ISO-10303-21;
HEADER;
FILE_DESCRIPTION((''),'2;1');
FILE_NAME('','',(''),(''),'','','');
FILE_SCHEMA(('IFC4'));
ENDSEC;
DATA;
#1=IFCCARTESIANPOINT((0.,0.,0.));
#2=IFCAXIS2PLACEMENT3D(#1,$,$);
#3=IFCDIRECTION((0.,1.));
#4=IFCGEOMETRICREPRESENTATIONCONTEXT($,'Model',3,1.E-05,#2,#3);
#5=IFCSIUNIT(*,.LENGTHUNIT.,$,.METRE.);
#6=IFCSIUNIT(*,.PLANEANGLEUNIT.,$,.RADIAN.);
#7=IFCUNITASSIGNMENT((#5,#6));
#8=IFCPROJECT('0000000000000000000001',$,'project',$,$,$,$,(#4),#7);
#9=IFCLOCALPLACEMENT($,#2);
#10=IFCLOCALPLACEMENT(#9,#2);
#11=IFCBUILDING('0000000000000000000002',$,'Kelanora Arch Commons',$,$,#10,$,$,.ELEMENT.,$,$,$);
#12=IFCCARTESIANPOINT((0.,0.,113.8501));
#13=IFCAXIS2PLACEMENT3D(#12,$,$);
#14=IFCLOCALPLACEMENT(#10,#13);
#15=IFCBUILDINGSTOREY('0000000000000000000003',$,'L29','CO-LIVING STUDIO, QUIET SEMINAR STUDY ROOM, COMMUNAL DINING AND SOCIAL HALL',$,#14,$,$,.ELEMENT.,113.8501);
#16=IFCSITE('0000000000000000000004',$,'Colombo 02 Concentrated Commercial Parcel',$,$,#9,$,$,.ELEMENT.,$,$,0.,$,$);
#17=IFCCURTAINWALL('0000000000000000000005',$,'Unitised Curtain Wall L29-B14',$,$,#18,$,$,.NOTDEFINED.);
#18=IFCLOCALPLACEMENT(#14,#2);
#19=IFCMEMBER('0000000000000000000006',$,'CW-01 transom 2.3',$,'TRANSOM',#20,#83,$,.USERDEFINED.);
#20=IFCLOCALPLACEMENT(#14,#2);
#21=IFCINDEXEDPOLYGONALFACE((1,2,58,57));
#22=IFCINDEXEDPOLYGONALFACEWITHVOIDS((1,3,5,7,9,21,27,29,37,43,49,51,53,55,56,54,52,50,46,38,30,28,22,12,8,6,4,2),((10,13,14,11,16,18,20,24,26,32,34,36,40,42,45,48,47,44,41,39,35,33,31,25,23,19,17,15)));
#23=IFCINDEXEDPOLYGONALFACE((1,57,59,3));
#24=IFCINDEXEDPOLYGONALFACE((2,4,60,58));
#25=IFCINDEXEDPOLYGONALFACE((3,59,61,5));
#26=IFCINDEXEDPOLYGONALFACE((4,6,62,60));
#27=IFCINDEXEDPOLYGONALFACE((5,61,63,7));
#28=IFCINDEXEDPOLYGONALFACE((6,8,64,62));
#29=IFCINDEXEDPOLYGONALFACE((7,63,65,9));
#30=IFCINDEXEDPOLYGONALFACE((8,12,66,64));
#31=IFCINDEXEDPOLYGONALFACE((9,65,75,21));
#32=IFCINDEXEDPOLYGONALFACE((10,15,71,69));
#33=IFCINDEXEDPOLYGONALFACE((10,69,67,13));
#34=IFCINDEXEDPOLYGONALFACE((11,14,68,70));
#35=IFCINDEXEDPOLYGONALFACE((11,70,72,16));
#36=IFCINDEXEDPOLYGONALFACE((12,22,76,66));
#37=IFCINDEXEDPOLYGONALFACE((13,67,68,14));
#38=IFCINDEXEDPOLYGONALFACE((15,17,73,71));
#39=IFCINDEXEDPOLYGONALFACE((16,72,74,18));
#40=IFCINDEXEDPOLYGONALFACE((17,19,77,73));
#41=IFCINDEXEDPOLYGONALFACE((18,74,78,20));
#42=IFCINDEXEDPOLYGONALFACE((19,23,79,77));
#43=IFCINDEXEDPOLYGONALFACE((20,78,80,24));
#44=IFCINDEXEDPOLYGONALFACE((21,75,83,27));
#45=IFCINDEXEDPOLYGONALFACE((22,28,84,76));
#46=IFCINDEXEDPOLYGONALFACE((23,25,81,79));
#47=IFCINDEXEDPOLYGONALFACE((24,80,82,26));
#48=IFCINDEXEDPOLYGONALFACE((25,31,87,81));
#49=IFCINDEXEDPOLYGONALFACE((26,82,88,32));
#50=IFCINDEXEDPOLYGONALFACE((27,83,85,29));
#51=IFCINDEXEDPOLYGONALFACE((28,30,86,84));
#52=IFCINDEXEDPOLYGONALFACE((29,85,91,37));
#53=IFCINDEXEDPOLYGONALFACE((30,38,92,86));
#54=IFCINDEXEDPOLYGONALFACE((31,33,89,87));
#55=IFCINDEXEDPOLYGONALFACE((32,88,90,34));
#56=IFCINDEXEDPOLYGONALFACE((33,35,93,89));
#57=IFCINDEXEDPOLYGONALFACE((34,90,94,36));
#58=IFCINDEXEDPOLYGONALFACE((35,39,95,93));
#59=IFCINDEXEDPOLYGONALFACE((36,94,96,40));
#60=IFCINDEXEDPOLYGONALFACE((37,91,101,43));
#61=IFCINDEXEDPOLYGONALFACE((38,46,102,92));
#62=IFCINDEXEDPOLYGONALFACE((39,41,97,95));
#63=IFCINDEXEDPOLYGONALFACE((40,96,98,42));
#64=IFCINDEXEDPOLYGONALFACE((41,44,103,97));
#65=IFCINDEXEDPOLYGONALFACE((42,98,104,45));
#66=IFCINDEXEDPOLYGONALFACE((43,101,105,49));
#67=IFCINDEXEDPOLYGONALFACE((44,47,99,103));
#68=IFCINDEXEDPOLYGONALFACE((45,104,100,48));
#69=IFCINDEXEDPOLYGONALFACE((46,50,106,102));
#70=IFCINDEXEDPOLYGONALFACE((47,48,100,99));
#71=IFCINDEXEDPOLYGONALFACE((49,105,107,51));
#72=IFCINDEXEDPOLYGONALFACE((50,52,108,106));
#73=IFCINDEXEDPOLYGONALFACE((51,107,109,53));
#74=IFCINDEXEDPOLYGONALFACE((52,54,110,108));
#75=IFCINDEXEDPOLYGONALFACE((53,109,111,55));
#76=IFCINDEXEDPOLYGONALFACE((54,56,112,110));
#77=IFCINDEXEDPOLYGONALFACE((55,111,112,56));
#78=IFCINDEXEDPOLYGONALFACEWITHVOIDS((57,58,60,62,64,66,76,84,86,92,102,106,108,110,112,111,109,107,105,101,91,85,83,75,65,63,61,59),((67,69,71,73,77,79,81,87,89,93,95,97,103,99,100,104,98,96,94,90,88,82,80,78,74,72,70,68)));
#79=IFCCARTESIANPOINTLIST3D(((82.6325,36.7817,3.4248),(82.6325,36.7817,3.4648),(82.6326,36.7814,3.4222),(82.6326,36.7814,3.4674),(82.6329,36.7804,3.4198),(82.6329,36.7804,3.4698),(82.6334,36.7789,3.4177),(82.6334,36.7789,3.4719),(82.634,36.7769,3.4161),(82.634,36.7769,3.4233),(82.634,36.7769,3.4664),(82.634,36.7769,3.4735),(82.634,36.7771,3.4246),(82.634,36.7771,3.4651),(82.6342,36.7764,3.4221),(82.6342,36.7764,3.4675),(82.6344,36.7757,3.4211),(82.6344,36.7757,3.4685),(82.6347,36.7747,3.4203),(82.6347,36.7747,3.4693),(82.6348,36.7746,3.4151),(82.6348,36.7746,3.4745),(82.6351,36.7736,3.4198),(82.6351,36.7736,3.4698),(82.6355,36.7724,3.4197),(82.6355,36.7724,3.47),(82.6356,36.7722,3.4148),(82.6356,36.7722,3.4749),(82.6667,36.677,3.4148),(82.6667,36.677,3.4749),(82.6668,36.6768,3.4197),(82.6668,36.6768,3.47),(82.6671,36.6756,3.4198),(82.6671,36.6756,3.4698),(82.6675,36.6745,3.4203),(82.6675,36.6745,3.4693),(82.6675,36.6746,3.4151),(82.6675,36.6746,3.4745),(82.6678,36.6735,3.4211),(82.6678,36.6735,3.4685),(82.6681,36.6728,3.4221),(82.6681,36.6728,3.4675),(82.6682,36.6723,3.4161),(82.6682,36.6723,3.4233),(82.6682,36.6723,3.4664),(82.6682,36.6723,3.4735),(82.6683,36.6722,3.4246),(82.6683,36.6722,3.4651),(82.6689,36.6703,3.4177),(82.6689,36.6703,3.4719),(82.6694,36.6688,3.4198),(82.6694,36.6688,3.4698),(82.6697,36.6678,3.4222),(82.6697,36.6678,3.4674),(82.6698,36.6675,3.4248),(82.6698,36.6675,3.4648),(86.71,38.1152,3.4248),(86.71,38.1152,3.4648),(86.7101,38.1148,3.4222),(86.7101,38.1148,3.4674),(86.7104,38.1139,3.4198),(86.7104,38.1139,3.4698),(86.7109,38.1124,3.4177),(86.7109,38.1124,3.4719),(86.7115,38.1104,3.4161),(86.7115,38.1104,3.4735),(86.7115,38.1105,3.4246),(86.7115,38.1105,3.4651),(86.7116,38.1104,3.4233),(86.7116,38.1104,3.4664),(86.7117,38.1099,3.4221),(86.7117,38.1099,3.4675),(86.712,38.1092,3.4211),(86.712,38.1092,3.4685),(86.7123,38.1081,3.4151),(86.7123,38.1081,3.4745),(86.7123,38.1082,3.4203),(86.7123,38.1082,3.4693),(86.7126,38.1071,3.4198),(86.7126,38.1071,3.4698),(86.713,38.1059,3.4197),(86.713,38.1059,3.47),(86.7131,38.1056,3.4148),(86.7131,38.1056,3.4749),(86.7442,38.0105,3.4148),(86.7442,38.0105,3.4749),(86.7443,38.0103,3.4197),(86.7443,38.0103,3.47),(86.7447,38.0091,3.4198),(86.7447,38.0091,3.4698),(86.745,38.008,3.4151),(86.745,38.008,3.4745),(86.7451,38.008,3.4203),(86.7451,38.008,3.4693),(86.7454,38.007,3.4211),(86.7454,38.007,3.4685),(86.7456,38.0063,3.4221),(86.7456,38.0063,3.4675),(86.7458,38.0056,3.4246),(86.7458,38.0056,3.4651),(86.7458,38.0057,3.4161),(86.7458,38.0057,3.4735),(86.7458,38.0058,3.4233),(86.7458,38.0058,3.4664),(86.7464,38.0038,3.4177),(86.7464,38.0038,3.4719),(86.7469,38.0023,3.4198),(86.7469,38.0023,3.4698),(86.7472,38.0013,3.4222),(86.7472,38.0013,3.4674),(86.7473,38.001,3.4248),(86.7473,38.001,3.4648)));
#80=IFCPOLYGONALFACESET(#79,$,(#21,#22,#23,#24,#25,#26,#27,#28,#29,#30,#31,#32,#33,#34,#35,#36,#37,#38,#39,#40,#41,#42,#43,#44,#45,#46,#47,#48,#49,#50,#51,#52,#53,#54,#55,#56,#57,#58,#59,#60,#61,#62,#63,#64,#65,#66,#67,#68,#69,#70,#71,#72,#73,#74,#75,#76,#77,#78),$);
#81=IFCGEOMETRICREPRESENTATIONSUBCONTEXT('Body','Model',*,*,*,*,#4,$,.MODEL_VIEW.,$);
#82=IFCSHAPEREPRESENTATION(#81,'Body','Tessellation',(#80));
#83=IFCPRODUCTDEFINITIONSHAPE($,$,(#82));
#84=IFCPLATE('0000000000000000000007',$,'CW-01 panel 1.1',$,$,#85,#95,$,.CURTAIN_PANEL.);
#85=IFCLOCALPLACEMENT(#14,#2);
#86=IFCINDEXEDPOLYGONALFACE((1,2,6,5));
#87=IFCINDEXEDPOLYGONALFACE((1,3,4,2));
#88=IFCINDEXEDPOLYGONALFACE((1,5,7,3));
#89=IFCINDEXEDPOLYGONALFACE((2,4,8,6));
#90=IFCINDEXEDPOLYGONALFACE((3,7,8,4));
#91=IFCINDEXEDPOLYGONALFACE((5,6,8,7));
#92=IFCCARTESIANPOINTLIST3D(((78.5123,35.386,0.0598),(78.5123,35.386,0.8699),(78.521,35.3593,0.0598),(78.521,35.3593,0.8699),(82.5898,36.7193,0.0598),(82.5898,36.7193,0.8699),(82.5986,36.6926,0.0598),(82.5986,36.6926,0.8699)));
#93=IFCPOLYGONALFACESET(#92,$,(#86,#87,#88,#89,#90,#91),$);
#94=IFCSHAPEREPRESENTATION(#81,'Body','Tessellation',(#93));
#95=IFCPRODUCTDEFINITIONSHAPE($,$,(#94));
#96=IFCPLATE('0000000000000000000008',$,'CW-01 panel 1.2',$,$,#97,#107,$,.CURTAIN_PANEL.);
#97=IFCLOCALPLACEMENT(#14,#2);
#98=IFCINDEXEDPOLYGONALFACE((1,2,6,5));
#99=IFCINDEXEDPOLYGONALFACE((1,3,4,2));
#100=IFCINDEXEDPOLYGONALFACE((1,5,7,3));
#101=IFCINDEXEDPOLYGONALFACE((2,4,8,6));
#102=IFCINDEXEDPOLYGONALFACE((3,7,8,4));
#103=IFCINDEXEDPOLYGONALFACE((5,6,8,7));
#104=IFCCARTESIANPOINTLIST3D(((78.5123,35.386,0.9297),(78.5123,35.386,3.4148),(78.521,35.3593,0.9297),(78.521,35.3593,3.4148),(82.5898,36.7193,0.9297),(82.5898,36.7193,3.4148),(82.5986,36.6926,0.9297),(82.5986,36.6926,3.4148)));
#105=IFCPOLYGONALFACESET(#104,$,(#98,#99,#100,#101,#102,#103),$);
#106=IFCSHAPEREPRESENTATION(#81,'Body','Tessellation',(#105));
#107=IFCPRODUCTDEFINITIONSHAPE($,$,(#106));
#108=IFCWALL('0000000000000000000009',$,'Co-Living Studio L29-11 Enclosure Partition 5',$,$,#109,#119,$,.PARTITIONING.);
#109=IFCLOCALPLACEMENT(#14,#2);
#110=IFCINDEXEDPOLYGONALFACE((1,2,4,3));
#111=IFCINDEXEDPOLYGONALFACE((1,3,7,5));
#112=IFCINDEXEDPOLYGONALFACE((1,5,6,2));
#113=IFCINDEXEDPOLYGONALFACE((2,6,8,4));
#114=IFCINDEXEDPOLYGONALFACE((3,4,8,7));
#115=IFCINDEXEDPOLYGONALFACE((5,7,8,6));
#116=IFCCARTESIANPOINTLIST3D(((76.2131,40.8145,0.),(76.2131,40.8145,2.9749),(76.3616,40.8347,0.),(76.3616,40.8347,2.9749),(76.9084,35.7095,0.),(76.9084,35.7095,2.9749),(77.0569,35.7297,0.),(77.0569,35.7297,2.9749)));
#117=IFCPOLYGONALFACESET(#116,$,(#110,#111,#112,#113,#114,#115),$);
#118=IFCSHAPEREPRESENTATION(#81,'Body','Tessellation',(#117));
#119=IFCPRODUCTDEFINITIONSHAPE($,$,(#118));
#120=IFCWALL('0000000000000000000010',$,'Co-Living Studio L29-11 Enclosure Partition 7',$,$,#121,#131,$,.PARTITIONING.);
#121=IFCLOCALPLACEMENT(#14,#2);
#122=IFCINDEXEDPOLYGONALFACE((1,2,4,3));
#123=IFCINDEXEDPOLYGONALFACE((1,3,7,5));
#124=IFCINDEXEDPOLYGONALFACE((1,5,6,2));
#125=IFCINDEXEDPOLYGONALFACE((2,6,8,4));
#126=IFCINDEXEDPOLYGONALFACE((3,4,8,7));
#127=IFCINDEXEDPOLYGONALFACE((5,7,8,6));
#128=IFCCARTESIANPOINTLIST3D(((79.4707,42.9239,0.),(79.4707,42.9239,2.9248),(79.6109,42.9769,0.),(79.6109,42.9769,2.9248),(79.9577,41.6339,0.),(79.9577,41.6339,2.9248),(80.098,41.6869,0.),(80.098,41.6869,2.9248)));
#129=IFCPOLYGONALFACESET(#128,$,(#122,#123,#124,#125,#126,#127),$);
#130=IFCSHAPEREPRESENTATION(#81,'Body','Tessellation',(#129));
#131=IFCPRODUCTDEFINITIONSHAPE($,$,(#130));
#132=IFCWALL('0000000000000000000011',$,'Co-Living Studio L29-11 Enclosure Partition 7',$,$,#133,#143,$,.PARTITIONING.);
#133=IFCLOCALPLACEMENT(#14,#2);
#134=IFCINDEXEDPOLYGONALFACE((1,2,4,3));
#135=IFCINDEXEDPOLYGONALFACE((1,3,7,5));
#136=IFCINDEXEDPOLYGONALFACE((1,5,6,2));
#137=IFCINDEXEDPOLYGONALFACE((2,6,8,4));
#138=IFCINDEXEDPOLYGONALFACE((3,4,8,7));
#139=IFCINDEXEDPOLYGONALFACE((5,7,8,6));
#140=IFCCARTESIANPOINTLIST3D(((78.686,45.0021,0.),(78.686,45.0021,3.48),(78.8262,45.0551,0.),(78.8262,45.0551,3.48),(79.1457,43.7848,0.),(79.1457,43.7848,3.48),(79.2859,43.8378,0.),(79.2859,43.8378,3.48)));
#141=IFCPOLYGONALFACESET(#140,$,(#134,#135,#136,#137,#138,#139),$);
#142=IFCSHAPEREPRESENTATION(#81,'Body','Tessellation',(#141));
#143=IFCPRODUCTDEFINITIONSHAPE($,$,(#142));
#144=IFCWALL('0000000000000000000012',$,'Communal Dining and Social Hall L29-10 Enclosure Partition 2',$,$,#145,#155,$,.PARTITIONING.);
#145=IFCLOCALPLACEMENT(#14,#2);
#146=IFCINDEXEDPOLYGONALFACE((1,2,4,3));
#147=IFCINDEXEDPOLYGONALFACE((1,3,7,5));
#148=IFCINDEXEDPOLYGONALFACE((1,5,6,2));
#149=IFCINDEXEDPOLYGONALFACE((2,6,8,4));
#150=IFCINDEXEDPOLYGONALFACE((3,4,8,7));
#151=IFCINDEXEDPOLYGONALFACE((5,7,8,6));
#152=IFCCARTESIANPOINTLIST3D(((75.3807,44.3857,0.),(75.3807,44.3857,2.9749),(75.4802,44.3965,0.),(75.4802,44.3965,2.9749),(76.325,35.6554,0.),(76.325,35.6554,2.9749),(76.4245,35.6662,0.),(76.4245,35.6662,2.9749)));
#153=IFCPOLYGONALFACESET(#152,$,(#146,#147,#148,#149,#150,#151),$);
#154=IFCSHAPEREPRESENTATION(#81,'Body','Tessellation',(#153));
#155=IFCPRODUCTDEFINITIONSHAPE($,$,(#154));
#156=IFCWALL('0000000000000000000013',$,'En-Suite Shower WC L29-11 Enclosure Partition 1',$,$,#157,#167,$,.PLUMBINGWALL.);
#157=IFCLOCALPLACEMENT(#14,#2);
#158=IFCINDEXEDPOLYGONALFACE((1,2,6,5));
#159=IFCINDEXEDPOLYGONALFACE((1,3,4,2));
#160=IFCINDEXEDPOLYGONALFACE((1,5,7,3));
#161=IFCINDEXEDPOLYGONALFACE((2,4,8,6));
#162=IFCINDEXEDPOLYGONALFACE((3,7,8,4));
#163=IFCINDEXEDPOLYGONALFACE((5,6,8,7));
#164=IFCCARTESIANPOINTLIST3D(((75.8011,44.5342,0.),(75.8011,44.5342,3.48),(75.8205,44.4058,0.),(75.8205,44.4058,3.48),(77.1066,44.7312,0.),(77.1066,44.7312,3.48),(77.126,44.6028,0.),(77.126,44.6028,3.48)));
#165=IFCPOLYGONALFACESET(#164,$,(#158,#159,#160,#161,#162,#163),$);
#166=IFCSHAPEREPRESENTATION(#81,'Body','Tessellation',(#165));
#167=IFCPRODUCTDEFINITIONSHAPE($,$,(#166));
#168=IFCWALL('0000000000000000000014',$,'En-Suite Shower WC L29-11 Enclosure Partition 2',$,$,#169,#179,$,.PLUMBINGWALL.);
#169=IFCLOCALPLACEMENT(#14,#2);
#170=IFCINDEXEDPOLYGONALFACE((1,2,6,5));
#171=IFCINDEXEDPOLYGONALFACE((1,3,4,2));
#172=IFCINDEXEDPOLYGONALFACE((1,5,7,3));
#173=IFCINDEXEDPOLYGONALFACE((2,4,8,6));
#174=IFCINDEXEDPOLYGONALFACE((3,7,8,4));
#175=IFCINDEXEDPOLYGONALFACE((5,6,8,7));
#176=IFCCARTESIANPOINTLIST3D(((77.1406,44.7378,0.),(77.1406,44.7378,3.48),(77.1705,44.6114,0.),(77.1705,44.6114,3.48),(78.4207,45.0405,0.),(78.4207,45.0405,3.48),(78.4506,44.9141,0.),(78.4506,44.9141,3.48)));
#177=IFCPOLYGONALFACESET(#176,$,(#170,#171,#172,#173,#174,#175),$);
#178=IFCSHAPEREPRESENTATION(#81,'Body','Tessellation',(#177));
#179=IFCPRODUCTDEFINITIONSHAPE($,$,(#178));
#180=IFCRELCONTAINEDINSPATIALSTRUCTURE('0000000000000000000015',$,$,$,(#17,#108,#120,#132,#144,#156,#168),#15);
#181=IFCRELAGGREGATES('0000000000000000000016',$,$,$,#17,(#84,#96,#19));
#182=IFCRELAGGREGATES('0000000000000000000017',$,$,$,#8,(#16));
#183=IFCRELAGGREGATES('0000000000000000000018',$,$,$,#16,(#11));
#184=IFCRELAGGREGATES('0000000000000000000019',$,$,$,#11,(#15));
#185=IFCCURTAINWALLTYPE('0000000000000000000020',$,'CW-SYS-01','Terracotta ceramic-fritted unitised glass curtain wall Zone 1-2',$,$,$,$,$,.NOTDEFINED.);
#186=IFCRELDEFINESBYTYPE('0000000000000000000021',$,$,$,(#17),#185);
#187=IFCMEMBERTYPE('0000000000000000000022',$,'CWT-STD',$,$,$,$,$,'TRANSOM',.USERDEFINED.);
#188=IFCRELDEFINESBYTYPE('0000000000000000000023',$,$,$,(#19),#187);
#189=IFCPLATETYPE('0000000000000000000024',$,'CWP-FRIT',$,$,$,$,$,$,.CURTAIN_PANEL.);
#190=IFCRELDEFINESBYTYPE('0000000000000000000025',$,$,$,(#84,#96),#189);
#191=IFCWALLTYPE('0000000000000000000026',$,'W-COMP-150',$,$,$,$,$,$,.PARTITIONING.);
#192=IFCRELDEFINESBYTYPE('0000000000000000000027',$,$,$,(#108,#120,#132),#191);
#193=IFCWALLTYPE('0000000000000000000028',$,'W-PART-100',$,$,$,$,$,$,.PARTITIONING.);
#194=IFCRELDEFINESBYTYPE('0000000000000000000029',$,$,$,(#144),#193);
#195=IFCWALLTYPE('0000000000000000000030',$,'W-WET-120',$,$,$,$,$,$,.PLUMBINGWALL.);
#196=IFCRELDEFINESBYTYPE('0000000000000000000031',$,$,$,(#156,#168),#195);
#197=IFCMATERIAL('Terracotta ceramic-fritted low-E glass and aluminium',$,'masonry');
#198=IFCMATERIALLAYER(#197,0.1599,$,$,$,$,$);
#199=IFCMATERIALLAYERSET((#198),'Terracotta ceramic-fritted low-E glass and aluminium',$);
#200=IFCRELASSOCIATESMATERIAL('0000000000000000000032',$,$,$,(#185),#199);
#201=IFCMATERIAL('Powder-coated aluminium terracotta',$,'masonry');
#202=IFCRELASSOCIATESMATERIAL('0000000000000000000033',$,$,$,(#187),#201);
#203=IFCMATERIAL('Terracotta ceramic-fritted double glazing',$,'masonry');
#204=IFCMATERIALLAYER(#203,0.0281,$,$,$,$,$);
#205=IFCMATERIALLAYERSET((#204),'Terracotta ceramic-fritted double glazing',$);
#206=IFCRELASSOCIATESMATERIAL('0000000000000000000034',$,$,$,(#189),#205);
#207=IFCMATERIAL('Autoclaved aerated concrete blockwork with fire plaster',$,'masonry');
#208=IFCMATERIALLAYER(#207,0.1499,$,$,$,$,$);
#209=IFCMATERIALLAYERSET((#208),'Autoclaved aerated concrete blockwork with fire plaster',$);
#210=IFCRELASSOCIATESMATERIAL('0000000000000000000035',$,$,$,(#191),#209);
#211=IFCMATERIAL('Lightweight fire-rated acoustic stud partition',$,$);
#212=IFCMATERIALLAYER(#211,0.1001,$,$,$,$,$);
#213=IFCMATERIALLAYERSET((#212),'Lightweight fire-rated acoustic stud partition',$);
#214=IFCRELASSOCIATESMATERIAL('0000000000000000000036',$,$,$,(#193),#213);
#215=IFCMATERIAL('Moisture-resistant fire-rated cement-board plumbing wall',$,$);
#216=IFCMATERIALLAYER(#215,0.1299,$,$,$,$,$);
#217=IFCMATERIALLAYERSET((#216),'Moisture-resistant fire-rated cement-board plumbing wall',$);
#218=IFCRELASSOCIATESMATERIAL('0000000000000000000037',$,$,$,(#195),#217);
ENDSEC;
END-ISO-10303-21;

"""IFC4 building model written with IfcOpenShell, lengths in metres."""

from ifc_helpers import new_model, si_unit, direction, frame, frame_2d, origin, origin_2d, place, context, subcontext, project, spatial, rectangle, hollow_rectangle, extrude, source, transform, mapped, material, layer, layer_set, material_profile, profile_set, type_object, element, aggregate, save


model = new_model("IFC4")

# Units and contexts
model_context = context("Model", 3, precision=1e-05, world=origin(), true_north=direction((0.0, 1.0)))
body_context = subcontext(model_context, "Body", "Model", "MODEL_VIEW")
ifc_project = project(units=[si_unit("LENGTHUNIT", "METRE"), si_unit("PLANEANGLEUNIT", "RADIAN")], contexts=[model_context])

# Site, building, storey
site_placement = place(None, origin())
site = spatial("IfcSite", under=ifc_project, at=site_placement, Name="Colombo 02 Concentrated Commercial Parcel", CompositionType="ELEMENT", RefElevation=0.0)
building_placement = place(site_placement, origin())
building = spatial("IfcBuilding", under=site, at=building_placement, Name="Kelanora Arch Commons", CompositionType="ELEMENT")
storey_placement = place(building_placement, frame((0.0, 0.0, 113.8501)))
storey = spatial("IfcBuildingStorey", under=building, at=storey_placement, Name="L29", Description="CO-LIVING STUDIO, QUIET SEMINAR STUDY ROOM, COMMUNAL DINING AND SOCIAL HALL", CompositionType="ELEMENT", Elevation=113.8501)

# Curtain wall, member, plates
ifc_material_1 = material(Name="Terracotta ceramic-fritted low-E glass and aluminium", Category="masonry")
ifc_layer_1 = layer(ifc_material_1, 0.1599)
ifc_layer_set_1 = layer_set([ifc_layer_1], Name="Terracotta ceramic-fritted low-E glass and aluminium")
curtain_wall_type = type_object("IfcCurtainWallType", Name="CW-SYS-01", Description="Terracotta ceramic-fritted unitised glass curtain wall Zone 1-2", PredefinedType="NOTDEFINED", material=ifc_layer_set_1)
curtain_wall_placement = place(storey_placement, origin())
curtain_wall = element("IfcCurtainWall", 1, at=curtain_wall_placement, inside=storey, type_object=curtain_wall_type, Name="Unitised Curtain Wall L29-B14", PredefinedType="NOTDEFINED")
ifc_material_2 = material(Name="Powder-coated aluminium terracotta", Category="masonry")
ifc_material_profile_1 = material_profile(ifc_material_2, hollow_rectangle(XDim=0.1201, YDim=0.0601, WallThickness=0.0049, InnerFilletRadius=0.0049, OuterFilletRadius=0.01, at=origin_2d()), Name="CWT120x60")
ifc_profile_set_1 = profile_set([ifc_material_profile_1], Name="Powder-coated aluminium terracotta")
member_type_1 = type_object("IfcMemberType", Name="CWT-STD", ElementType="TRANSOM", PredefinedType="USERDEFINED", material=ifc_profile_set_1)
member_1_placement = place(storey_placement, frame((82.6511, 36.7246, 3.4448), z_axis=(0.950466, 0.310828, 0.0), x_axis=(-0.310828, 0.950466, 0.0)))
member_1 = element("IfcMember", 2, at=member_1_placement, type_object=member_type_1, Name="CW-01 transom 2.3", ObjectType="TRANSOM", PredefinedType="USERDEFINED", context=body_context, shape_type="SweptSolid", body=[
    extrude(hollow_rectangle(XDim=0.1201, YDim=0.0601, WallThickness=0.0049, InnerFilletRadius=0.0049, OuterFilletRadius=0.01, at=origin_2d()), origin(), (0.0, 0.0, 1.0), 4.29),
])
ifc_material_3 = material(Name="Terracotta ceramic-fritted double glazing", Category="masonry")
ifc_layer_2 = layer(ifc_material_3, 0.0281)
ifc_layer_set_2 = layer_set([ifc_layer_2], Name="Terracotta ceramic-fritted double glazing")
plate_type = type_object("IfcPlateType", Name="CWP-FRIT", PredefinedType="CURTAIN_PANEL", material=ifc_layer_set_2)
shared_shape_1 = source(origin(), body_context, "Body", "SweptSolid", [
    extrude(rectangle(XDim=4.29, YDim=0.0281, at=origin_2d()), origin(), (0.0, 0.0, 1.0), 0.8101),
])
plate_1_placement = place(storey_placement, frame((80.5554, 36.0393, 0.0598), z_axis=(0.0, 0.0, 1.0), x_axis=(0.950474, 0.310805, 0.0)))
plate_1 = element("IfcPlate", 3, at=plate_1_placement, type_object=plate_type, Name="CW-01 panel 1.1", PredefinedType="CURTAIN_PANEL", context=body_context, shape_type="MappedRepresentation", body=[
    mapped(shared_shape_1, transform((0.0, 0.0, 0.0), scale=1.0)),
])
shared_shape_2 = source(origin(), body_context, "Body", "SweptSolid", [
    extrude(rectangle(XDim=4.29, YDim=0.0281, at=origin_2d()), origin(), (0.0, 0.0, 1.0), 2.4851),
])
plate_2_placement = place(storey_placement, frame((80.5554, 36.0393, 0.9297), z_axis=(0.0, 0.0, 1.0), x_axis=(0.950474, 0.310805, 0.0)))
plate_2 = element("IfcPlate", 4, at=plate_2_placement, type_object=plate_type, Name="CW-01 panel 1.2", PredefinedType="CURTAIN_PANEL", context=body_context, shape_type="MappedRepresentation", body=[
    mapped(shared_shape_2, transform((0.0, 0.0, 0.0), scale=1.0)),
])
aggregate(curtain_wall, [plate_1, plate_2, member_1])

# Walls
ifc_material_4 = material(Name="Autoclaved aerated concrete blockwork with fire plaster", Category="masonry")
ifc_layer_3 = layer(ifc_material_4, 0.1499)
ifc_layer_set_3 = layer_set([ifc_layer_3], Name="Autoclaved aerated concrete blockwork with fire plaster")
wall_type_1 = type_object("IfcWallType", Name="W-COMP-150", PredefinedType="PARTITIONING", material=ifc_layer_set_3)
wall_1_placement = place(storey_placement, frame((76.9827, 35.7195, 0.0), z_axis=(0.0, 0.0, 1.0), x_axis=(-0.134957, 0.990851, 0.0)))
element("IfcWall", 5, at=wall_1_placement, inside=storey, type_object=wall_type_1, Name="Co-Living Studio L29-11 Enclosure Partition 5", PredefinedType="PARTITIONING", context=body_context, shape_type="SweptSolid", body=[
    extrude(rectangle(XDim=5.1521, YDim=0.1499, at=frame_2d((2.5762, 0.0))), origin(), (0.0, 0.0, 1.0), 2.9749),
])
wall_2_placement = place(storey_placement, frame((80.0278, 41.6604, 0.0), z_axis=(0.0, 0.0, 1.0), x_axis=(-0.353218, 0.935541, 0.0)))
element("IfcWall", 6, at=wall_2_placement, inside=storey, type_object=wall_type_1, Name="Co-Living Studio L29-11 Enclosure Partition 7", PredefinedType="PARTITIONING", context=body_context, shape_type="SweptSolid", body=[
    extrude(rectangle(XDim=1.3789, YDim=0.1499, at=frame_2d((0.6895, 0.0))), origin(), (0.0, 0.0, 1.0), 2.9248),
])
wall_3_placement = place(storey_placement, frame((79.2158, 43.8113, 0.0), z_axis=(0.0, 0.0, 1.0), x_axis=(-0.353302, 0.935509, 0.0)))
element("IfcWall", 7, at=wall_3_placement, inside=storey, type_object=wall_type_1, Name="Co-Living Studio L29-11 Enclosure Partition 7", PredefinedType="PARTITIONING", context=body_context, shape_type="SweptSolid", body=[
    extrude(rectangle(XDim=1.3013, YDim=0.1499, at=frame_2d((0.6506, 0.0))), origin(), (0.0, 0.0, 1.0), 3.48),
])
ifc_material_5 = material(Name="Lightweight fire-rated acoustic stud partition")
ifc_layer_4 = layer(ifc_material_5, 0.1001)
ifc_layer_set_4 = layer_set([ifc_layer_4], Name="Lightweight fire-rated acoustic stud partition")
wall_type_2 = type_object("IfcWallType", Name="W-PART-100", PredefinedType="PARTITIONING", material=ifc_layer_set_4)
wall_4_placement = place(storey_placement, frame((75.4304, 44.3911, 0.0), z_axis=(0.0, 0.0, 1.0), x_axis=(0.107541, -0.994201, 0.0)))
element("IfcWall", 8, at=wall_4_placement, inside=storey, type_object=wall_type_2, Name="Communal Dining and Social Hall L29-10 Enclosure Partition 2", PredefinedType="PARTITIONING", context=body_context, shape_type="SweptSolid", body=[
    extrude(rectangle(XDim=8.7812, YDim=0.1001, at=frame_2d((4.3906, 0.0))), origin(), (0.0, 0.0, 1.0), 2.9749),
])
ifc_material_6 = material(Name="Moisture-resistant fire-rated cement-board plumbing wall")
ifc_layer_5 = layer(ifc_material_6, 0.1299)
ifc_layer_set_5 = layer_set([ifc_layer_5], Name="Moisture-resistant fire-rated cement-board plumbing wall")
wall_type_3 = type_object("IfcWallType", Name="W-WET-120", PredefinedType="PLUMBINGWALL", material=ifc_layer_set_5)
wall_5_placement = place(storey_placement, frame((75.8108, 44.47, 0.0), z_axis=(0.0, 0.0, 1.0), x_axis=(0.988802, 0.149236, 0.0)))
element("IfcWall", 9, at=wall_5_placement, inside=storey, type_object=wall_type_3, Name="En-Suite Shower WC L29-11 Enclosure Partition 1", PredefinedType="PLUMBINGWALL", context=body_context, shape_type="SweptSolid", body=[
    extrude(rectangle(XDim=1.3203, YDim=0.1299, at=frame_2d((0.6602, 0.0))), origin(), (0.0, 0.0, 1.0), 3.48),
])
wall_6_placement = place(storey_placement, frame((77.1555, 44.6746, 0.0), z_axis=(0.0, 0.0, 1.0), x_axis=(0.973154, 0.230156, 0.0)))
element("IfcWall", 10, at=wall_6_placement, inside=storey, type_object=wall_type_3, Name="En-Suite Shower WC L29-11 Enclosure Partition 2", PredefinedType="PLUMBINGWALL", context=body_context, shape_type="SweptSolid", body=[
    extrude(rectangle(XDim=1.3154, YDim=0.1299, at=frame_2d((0.6577, 0.0))), origin(), (0.0, 0.0, 1.0), 3.48),
])

save(model, "model.ifc")
